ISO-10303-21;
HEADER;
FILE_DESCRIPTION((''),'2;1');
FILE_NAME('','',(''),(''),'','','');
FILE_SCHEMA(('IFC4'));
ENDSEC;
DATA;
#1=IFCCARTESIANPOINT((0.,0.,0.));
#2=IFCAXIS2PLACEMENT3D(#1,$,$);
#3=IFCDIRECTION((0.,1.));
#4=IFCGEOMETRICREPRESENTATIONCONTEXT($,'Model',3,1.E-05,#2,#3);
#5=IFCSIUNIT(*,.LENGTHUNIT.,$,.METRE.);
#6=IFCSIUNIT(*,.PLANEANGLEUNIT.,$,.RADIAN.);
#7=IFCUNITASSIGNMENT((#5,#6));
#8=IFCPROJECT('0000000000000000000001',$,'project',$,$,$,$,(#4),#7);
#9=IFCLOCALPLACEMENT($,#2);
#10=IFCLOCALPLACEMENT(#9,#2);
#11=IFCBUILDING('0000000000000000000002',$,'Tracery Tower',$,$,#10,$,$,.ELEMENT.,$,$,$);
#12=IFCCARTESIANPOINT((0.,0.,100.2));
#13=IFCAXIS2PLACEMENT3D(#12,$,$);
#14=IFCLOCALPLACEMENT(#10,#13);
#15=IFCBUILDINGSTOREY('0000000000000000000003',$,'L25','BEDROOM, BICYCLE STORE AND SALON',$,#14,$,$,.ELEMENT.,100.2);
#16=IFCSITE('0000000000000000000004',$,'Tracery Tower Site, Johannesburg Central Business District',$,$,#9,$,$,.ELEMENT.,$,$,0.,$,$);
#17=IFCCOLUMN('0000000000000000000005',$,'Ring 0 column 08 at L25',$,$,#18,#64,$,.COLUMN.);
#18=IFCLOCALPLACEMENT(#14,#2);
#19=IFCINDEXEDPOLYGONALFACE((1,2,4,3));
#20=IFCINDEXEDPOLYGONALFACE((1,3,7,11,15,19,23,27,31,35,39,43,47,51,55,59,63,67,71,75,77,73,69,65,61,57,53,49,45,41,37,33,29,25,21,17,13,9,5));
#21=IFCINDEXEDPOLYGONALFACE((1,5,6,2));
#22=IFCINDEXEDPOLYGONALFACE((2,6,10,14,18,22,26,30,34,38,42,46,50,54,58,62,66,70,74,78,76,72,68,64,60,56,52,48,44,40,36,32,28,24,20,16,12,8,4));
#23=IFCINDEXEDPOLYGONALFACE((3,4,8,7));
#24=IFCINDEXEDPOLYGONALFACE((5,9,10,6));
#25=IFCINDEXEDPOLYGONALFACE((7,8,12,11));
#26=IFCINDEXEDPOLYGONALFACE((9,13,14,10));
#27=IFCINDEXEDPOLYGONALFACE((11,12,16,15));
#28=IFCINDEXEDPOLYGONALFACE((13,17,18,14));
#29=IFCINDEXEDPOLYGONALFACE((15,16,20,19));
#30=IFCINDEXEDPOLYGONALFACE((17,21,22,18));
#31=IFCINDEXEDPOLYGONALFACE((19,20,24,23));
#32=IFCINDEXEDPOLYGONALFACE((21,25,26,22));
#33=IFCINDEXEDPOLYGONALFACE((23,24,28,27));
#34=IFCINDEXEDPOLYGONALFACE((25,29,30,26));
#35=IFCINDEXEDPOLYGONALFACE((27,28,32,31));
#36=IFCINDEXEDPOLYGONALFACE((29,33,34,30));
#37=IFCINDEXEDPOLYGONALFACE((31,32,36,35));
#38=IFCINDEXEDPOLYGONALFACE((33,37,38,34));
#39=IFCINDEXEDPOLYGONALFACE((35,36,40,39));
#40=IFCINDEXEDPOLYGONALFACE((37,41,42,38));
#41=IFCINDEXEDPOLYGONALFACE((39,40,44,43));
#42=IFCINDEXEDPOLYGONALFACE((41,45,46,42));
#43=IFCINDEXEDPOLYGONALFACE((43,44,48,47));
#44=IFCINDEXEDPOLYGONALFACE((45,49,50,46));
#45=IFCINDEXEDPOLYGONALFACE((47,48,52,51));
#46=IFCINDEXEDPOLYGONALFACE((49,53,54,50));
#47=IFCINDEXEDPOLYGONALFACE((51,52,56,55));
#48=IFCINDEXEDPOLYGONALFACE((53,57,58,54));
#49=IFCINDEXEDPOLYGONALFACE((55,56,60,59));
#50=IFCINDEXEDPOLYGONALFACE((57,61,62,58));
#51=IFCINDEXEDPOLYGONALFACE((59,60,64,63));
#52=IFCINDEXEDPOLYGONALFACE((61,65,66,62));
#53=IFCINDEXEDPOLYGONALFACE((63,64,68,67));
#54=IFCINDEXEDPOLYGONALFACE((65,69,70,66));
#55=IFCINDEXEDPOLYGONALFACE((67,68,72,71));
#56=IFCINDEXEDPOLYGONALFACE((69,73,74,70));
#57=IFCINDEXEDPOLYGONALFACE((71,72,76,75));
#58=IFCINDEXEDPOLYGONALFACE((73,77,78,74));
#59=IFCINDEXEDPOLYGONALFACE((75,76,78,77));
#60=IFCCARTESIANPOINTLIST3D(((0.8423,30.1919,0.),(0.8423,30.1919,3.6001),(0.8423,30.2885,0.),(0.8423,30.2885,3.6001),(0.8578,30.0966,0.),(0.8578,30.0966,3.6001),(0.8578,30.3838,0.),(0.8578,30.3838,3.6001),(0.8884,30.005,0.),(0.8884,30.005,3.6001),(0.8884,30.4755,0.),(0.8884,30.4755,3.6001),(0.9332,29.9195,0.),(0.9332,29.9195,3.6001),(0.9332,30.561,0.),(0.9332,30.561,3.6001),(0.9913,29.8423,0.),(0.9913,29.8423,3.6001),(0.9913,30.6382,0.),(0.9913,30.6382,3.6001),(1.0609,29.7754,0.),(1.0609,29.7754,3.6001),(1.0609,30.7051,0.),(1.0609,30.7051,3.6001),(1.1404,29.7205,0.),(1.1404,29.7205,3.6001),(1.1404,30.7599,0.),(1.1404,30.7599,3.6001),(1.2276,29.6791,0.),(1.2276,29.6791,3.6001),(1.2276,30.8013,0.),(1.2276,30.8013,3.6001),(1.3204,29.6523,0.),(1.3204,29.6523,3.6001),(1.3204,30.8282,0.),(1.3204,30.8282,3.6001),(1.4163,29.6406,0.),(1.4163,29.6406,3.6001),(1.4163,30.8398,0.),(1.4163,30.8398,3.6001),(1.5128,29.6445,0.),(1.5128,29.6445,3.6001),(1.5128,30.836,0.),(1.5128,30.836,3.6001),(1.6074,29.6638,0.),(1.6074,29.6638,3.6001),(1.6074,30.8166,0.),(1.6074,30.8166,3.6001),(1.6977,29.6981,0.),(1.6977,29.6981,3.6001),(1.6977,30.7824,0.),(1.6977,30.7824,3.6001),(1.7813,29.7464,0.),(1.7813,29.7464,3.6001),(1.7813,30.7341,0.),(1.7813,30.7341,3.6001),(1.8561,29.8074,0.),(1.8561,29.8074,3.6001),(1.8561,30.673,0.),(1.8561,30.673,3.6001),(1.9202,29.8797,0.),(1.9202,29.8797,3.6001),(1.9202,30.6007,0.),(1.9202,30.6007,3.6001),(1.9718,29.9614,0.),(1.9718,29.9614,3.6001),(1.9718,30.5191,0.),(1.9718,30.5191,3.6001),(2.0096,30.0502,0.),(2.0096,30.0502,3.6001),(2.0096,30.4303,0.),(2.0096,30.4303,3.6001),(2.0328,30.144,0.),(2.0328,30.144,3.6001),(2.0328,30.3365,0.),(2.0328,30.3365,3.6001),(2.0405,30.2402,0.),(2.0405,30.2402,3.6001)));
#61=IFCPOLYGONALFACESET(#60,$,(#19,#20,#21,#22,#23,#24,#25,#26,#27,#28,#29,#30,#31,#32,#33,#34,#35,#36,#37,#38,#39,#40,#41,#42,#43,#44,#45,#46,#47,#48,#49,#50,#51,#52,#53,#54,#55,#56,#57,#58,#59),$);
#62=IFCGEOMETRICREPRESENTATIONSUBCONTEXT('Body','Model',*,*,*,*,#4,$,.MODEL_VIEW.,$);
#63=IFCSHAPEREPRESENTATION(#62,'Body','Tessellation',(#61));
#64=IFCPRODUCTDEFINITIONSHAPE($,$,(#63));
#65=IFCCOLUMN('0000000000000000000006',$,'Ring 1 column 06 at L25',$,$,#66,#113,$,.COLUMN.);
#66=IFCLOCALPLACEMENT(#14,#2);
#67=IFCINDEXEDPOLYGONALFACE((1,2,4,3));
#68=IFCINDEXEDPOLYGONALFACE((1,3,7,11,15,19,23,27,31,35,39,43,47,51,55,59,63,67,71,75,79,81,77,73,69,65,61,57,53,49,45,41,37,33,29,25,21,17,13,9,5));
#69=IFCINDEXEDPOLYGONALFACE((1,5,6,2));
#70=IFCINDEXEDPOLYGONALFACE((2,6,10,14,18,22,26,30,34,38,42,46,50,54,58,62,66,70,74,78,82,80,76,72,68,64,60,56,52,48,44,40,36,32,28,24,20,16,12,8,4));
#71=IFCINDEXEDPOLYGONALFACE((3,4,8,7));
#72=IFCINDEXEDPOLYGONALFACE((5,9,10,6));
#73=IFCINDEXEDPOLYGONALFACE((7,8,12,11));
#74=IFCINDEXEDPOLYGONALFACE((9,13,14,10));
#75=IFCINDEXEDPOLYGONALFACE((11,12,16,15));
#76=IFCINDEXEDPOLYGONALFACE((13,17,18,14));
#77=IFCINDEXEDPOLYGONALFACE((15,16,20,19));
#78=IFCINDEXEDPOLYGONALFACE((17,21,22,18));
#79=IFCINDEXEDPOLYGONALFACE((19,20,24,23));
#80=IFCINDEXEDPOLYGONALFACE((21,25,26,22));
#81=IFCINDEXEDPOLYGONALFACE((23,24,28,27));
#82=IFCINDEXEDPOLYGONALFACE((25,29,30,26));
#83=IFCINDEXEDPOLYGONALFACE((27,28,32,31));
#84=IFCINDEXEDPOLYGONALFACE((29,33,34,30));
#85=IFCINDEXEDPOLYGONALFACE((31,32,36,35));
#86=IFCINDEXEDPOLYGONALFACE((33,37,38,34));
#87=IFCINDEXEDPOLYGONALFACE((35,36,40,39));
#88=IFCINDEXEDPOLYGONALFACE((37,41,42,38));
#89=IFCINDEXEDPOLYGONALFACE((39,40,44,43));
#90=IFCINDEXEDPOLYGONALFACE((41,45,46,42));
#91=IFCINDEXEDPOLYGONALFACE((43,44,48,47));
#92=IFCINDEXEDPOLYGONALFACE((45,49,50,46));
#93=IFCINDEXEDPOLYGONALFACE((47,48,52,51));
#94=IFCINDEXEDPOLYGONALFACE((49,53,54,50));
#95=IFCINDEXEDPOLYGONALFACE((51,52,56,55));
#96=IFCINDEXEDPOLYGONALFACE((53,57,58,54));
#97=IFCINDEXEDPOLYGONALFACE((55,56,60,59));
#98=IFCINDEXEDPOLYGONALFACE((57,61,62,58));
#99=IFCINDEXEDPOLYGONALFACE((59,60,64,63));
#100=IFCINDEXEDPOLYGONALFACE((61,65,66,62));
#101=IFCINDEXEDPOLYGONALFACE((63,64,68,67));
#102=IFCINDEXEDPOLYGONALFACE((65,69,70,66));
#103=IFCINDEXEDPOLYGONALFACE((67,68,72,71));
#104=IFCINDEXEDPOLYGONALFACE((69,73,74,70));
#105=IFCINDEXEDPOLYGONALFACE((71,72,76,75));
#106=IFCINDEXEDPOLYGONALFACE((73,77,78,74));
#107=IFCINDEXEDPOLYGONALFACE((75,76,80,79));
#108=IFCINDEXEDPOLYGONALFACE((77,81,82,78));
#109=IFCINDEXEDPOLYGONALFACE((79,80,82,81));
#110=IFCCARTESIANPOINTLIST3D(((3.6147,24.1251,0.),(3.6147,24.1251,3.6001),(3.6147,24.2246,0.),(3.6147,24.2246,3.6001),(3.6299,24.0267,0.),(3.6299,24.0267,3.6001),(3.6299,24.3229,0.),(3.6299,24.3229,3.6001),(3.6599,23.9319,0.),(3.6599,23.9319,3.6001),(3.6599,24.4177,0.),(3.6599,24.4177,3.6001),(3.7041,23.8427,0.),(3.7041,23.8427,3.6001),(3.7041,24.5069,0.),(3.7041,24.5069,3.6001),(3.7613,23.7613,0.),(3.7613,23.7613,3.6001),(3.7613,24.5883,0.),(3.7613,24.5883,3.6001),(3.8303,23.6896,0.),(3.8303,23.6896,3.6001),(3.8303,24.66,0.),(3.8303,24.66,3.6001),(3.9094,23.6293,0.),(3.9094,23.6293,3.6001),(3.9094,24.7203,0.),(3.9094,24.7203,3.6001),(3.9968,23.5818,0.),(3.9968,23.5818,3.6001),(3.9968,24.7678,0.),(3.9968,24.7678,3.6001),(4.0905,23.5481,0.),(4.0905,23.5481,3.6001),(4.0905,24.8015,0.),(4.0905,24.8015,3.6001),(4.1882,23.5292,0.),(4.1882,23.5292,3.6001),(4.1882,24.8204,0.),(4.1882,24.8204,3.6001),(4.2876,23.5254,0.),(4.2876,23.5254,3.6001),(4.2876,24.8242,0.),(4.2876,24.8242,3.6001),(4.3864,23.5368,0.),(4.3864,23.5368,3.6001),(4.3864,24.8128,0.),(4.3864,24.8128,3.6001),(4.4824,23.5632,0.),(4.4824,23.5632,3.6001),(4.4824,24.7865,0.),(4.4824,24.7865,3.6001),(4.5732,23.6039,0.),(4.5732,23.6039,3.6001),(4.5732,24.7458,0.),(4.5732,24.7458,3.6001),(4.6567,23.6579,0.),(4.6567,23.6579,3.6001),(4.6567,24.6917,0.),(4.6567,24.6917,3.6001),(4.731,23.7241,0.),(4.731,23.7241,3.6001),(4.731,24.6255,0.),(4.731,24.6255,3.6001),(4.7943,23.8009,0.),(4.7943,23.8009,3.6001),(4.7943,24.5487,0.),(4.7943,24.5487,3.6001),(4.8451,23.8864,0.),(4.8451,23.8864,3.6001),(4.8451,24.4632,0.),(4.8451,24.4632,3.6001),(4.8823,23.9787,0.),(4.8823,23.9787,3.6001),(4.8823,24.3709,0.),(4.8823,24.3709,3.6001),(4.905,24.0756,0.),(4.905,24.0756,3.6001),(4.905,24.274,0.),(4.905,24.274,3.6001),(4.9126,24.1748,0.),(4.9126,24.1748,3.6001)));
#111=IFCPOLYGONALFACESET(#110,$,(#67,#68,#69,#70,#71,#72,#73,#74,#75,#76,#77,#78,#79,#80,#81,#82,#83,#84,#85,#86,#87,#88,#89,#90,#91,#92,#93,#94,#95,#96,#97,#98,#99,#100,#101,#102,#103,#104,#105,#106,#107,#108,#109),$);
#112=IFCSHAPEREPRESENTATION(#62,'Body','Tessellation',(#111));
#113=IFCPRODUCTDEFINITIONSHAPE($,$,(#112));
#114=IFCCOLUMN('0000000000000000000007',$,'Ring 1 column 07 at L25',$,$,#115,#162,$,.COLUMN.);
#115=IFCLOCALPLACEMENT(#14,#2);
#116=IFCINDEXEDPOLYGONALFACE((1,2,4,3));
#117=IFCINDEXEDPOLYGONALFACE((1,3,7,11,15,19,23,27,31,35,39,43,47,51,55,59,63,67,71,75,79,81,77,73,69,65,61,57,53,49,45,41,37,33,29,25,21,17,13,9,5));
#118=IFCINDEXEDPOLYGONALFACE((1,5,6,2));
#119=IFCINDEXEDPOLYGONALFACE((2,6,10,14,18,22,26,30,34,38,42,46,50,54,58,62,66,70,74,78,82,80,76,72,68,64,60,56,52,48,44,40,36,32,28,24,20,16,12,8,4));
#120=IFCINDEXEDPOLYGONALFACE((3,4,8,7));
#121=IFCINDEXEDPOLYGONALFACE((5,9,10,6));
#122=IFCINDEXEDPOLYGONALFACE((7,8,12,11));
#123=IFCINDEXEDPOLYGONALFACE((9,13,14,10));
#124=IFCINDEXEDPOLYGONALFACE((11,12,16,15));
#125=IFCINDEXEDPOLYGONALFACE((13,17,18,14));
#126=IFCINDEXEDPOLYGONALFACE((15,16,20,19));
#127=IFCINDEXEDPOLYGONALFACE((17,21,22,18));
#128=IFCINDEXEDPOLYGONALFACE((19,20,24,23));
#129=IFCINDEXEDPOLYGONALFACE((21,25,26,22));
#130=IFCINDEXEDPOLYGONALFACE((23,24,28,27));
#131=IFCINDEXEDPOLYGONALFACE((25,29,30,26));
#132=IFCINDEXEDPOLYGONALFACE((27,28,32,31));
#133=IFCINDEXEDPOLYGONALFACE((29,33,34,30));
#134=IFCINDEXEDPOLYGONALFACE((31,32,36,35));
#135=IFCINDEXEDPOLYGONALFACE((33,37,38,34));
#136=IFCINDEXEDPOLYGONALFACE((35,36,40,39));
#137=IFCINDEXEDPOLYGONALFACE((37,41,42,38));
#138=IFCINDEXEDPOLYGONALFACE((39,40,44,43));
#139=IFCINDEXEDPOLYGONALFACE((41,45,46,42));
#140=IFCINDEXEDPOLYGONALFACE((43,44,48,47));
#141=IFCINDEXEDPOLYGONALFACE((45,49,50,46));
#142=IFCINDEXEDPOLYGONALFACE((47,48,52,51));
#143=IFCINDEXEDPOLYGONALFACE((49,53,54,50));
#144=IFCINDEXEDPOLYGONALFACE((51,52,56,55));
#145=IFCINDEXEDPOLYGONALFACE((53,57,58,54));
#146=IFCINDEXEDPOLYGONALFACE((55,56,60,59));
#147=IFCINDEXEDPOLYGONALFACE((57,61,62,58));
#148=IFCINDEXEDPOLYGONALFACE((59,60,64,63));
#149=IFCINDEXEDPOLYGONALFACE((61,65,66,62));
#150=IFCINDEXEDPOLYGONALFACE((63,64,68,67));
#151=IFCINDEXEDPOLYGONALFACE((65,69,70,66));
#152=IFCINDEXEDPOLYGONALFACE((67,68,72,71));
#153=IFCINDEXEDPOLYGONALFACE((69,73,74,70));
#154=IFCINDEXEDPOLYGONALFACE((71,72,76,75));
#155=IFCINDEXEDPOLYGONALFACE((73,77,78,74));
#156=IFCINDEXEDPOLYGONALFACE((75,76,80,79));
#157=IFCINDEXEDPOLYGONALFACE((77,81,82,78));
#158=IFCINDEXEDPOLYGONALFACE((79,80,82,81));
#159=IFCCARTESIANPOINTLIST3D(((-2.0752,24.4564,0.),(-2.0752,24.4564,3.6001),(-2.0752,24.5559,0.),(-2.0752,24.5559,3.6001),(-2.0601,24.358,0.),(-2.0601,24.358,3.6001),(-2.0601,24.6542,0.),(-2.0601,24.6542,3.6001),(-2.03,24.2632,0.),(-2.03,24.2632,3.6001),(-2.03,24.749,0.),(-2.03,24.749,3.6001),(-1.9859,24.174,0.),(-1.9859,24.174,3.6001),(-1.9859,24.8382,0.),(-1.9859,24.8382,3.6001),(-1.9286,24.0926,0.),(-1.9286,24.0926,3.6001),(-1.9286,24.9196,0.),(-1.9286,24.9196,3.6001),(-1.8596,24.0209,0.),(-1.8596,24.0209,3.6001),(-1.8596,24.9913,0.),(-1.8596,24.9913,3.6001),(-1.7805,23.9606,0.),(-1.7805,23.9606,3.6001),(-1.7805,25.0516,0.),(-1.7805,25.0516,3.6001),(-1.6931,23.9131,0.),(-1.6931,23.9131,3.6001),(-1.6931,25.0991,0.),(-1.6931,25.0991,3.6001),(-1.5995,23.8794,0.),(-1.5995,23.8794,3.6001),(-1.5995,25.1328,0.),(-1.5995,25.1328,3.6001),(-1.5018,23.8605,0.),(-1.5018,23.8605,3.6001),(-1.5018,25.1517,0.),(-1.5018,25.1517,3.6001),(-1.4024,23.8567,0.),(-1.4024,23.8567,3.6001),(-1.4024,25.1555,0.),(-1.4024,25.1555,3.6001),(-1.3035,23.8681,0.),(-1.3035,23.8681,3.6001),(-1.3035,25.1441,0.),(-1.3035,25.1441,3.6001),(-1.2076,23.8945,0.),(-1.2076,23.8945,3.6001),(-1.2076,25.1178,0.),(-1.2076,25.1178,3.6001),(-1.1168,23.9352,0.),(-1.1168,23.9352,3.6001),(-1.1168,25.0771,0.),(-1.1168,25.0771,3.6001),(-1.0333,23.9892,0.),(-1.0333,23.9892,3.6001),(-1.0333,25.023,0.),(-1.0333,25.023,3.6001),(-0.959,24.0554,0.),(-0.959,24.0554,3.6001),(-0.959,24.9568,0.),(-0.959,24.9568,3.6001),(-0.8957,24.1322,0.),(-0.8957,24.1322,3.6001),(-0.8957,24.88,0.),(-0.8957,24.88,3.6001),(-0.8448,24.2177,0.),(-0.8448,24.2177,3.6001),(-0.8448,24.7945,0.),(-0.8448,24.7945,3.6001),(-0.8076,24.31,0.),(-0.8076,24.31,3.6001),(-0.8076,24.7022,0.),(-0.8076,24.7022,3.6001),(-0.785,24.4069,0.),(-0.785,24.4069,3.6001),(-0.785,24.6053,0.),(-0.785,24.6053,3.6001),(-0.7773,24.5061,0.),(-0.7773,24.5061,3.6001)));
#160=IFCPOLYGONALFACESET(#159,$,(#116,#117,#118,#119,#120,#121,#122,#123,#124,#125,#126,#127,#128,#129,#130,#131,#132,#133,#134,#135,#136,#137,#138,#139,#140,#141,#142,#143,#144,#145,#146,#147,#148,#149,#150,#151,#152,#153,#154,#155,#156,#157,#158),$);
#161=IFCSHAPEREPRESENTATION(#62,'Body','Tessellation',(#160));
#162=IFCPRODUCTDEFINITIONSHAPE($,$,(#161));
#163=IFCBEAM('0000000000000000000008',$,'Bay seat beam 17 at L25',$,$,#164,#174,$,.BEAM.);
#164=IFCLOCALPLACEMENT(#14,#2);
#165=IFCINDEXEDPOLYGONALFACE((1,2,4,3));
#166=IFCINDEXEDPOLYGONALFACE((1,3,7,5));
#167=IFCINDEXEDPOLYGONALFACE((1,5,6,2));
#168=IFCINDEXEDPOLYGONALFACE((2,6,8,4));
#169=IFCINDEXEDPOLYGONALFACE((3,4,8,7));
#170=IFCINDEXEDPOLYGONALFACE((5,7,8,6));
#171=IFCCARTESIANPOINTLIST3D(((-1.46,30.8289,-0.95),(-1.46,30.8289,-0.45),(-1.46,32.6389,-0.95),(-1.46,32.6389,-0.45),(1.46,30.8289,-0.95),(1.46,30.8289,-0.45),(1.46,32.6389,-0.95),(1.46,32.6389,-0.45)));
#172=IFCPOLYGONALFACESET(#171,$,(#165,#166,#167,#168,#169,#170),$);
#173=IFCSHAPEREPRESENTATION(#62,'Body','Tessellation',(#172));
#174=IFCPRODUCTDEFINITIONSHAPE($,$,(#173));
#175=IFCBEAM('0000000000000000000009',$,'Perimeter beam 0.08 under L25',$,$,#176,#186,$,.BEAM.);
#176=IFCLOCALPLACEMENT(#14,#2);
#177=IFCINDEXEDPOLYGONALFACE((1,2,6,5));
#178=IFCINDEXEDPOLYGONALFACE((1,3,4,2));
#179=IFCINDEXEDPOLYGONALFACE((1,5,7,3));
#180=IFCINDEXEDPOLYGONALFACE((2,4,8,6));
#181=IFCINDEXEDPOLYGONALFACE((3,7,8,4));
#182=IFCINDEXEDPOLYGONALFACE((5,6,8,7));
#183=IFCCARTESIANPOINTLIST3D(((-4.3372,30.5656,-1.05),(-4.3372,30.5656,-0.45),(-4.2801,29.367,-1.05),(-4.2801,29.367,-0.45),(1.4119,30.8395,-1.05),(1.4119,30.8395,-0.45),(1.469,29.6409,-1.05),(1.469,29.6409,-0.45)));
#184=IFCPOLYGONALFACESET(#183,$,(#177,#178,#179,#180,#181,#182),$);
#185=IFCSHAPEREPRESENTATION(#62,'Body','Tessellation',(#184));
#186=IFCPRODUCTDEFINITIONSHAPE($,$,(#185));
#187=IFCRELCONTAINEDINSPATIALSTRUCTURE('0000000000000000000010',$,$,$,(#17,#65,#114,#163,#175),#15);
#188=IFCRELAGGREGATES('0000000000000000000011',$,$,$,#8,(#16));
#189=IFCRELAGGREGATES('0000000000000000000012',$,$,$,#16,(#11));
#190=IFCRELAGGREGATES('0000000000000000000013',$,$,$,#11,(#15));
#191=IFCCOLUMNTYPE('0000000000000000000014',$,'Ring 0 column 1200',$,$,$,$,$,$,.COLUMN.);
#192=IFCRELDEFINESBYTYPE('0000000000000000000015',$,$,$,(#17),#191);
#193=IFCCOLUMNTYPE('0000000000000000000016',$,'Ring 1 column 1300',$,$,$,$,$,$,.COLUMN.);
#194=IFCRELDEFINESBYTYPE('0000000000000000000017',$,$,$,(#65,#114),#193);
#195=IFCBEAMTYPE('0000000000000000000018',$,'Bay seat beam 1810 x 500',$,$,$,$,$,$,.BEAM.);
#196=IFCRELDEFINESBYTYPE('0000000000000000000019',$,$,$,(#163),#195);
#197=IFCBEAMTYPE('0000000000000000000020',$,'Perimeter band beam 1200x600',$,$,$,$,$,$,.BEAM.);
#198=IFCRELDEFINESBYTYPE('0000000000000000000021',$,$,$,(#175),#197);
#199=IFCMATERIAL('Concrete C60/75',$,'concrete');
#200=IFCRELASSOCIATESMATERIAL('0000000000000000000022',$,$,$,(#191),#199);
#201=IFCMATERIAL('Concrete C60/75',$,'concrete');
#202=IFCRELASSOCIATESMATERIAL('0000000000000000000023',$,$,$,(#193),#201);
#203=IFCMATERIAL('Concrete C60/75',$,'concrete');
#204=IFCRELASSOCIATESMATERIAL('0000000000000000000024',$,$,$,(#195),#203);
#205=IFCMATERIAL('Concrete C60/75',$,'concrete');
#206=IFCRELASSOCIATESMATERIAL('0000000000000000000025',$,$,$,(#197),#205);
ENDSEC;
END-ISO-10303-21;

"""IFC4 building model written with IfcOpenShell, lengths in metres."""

from ifc_helpers import new_model, si_unit, direction, frame, origin, origin_2d, place, context, subcontext, project, spatial, rectangle, circle, extrude, material, material_profile, profile_set, type_object, element, save


model = new_model("IFC4")

# Units and contexts
model_context = context("Model", 3, precision=1e-05, world=origin(), true_north=direction((0.0, 1.0)))
body_context = subcontext(model_context, "Body", "Model", "MODEL_VIEW")
ifc_project = project(units=[si_unit("LENGTHUNIT", "METRE"), si_unit("PLANEANGLEUNIT", "RADIAN")], contexts=[model_context])

# Site, building, storey
site_placement = place(None, origin())
site = spatial("IfcSite", under=ifc_project, at=site_placement, Name="Tracery Tower Site, Johannesburg Central Business District", CompositionType="ELEMENT", RefElevation=0.0)
building_placement = place(site_placement, origin())
building = spatial("IfcBuilding", under=site, at=building_placement, Name="Tracery Tower", CompositionType="ELEMENT")
storey_placement = place(building_placement, frame((0.0, 0.0, 100.2)))
storey = spatial("IfcBuildingStorey", under=building, at=storey_placement, Name="L25", Description="BEDROOM, BICYCLE STORE AND SALON", CompositionType="ELEMENT", Elevation=100.2)

# Columns
ifc_material_1 = material(Name="Concrete C60/75", Category="concrete")
ifc_material_profile_1 = material_profile(ifc_material_1, circle(Radius=0.6001, at=origin_2d()), Name="RC D1200")
ifc_profile_set_1 = profile_set([ifc_material_profile_1], Name="Concrete C60/75")
column_type_1 = type_object("IfcColumnType", Name="Ring 0 column 1200", PredefinedType="COLUMN", material=ifc_profile_set_1)
column_placement = place(storey_placement, frame((1.4404, 30.2402, 0.0), z_axis=(0.0, 0.0, 1.0), x_axis=(1.0, 0.0, 0.0)))
element("IfcColumn", 1, at=column_placement, inside=storey, type_object=column_type_1, Name="Ring 0 column 08 at L25", PredefinedType="COLUMN", context=body_context, shape_type="SweptSolid", body=[
    extrude(circle(Radius=0.6001, at=origin_2d()), origin(), (0.0, 0.0, 1.0), 3.6001),
])
ifc_material_2 = material(Name="Concrete C60/75", Category="concrete")
ifc_material_profile_2 = material_profile(ifc_material_2, circle(Radius=0.6499, at=origin_2d()), Name="RC D1300")
ifc_profile_set_2 = profile_set([ifc_material_profile_2], Name="Concrete C60/75")
column_type_2 = type_object("IfcColumnType", Name="Ring 1 column 1300", PredefinedType="COLUMN", material=ifc_profile_set_2)
for number, where, z_axis, x_axis, name in (
    (2, (4.2627, 24.1748, 0.0), (0.0, 0.0, 1.0), (1.0, 0.0, 0.0), "Ring 1 column 06 at L25"),
    (3, (-1.4272, 24.5061, 0.0), (0.0, 0.0, 1.0), (1.0, 0.0, 0.0), "Ring 1 column 07 at L25"),
):
    element("IfcColumn", number, at=place(storey_placement, frame(where, z_axis=z_axis, x_axis=x_axis)), inside=storey, type_object=column_type_2, Name=name, PredefinedType="COLUMN", context=body_context, shape_type="SweptSolid", body=[
        extrude(circle(Radius=0.6499, at=origin_2d()), origin(), (0.0, 0.0, 1.0), 3.6001),
    ])

# Beams
ifc_material_3 = material(Name="Concrete C60/75", Category="concrete")
ifc_material_profile_3 = material_profile(ifc_material_3, rectangle(XDim=1.8101, YDim=0.5, at=origin_2d()), Name="RC 1810x500")
ifc_profile_set_3 = profile_set([ifc_material_profile_3], Name="Concrete C60/75")
beam_type_1 = type_object("IfcBeamType", Name="Bay seat beam 1810 x 500", PredefinedType="BEAM", material=ifc_profile_set_3)
beam_1_placement = place(storey_placement, frame((1.46, 31.7339, -0.7), z_axis=(-1.0, 0.0, 0.0), x_axis=(0.0, -1.0, 0.0)))
element("IfcBeam", 4, at=beam_1_placement, inside=storey, type_object=beam_type_1, Name="Bay seat beam 17 at L25", PredefinedType="BEAM", context=body_context, shape_type="SweptSolid", body=[
    extrude(rectangle(XDim=1.8101, YDim=0.5, at=origin_2d()), origin(), (0.0, 0.0, 1.0), 2.9199),
])
ifc_material_4 = material(Name="Concrete C60/75", Category="concrete")
ifc_material_profile_4 = material_profile(ifc_material_4, rectangle(XDim=1.2, YDim=0.6001, at=origin_2d()), Name="RC 1200x600")
ifc_profile_set_4 = profile_set([ifc_material_profile_4], Name="Concrete C60/75")
beam_type_2 = type_object("IfcBeamType", Name="Perimeter band beam 1200x600", PredefinedType="BEAM", material=ifc_profile_set_4)
beam_2_placement = place(storey_placement, frame((1.4404, 30.2402, -0.75), z_axis=(-0.998867, -0.047593, 0.0), x_axis=(0.047593, -0.998867, 0.0)))
element("IfcBeam", 5, at=beam_2_placement, inside=storey, type_object=beam_type_2, Name="Perimeter beam 0.08 under L25", PredefinedType="BEAM", context=body_context, shape_type="SweptSolid", body=[
    extrude(rectangle(XDim=1.2, YDim=0.6001, at=origin_2d()), origin(), (0.0, 0.0, 1.0), 5.7556),
])

save(model, "model.ifc")
